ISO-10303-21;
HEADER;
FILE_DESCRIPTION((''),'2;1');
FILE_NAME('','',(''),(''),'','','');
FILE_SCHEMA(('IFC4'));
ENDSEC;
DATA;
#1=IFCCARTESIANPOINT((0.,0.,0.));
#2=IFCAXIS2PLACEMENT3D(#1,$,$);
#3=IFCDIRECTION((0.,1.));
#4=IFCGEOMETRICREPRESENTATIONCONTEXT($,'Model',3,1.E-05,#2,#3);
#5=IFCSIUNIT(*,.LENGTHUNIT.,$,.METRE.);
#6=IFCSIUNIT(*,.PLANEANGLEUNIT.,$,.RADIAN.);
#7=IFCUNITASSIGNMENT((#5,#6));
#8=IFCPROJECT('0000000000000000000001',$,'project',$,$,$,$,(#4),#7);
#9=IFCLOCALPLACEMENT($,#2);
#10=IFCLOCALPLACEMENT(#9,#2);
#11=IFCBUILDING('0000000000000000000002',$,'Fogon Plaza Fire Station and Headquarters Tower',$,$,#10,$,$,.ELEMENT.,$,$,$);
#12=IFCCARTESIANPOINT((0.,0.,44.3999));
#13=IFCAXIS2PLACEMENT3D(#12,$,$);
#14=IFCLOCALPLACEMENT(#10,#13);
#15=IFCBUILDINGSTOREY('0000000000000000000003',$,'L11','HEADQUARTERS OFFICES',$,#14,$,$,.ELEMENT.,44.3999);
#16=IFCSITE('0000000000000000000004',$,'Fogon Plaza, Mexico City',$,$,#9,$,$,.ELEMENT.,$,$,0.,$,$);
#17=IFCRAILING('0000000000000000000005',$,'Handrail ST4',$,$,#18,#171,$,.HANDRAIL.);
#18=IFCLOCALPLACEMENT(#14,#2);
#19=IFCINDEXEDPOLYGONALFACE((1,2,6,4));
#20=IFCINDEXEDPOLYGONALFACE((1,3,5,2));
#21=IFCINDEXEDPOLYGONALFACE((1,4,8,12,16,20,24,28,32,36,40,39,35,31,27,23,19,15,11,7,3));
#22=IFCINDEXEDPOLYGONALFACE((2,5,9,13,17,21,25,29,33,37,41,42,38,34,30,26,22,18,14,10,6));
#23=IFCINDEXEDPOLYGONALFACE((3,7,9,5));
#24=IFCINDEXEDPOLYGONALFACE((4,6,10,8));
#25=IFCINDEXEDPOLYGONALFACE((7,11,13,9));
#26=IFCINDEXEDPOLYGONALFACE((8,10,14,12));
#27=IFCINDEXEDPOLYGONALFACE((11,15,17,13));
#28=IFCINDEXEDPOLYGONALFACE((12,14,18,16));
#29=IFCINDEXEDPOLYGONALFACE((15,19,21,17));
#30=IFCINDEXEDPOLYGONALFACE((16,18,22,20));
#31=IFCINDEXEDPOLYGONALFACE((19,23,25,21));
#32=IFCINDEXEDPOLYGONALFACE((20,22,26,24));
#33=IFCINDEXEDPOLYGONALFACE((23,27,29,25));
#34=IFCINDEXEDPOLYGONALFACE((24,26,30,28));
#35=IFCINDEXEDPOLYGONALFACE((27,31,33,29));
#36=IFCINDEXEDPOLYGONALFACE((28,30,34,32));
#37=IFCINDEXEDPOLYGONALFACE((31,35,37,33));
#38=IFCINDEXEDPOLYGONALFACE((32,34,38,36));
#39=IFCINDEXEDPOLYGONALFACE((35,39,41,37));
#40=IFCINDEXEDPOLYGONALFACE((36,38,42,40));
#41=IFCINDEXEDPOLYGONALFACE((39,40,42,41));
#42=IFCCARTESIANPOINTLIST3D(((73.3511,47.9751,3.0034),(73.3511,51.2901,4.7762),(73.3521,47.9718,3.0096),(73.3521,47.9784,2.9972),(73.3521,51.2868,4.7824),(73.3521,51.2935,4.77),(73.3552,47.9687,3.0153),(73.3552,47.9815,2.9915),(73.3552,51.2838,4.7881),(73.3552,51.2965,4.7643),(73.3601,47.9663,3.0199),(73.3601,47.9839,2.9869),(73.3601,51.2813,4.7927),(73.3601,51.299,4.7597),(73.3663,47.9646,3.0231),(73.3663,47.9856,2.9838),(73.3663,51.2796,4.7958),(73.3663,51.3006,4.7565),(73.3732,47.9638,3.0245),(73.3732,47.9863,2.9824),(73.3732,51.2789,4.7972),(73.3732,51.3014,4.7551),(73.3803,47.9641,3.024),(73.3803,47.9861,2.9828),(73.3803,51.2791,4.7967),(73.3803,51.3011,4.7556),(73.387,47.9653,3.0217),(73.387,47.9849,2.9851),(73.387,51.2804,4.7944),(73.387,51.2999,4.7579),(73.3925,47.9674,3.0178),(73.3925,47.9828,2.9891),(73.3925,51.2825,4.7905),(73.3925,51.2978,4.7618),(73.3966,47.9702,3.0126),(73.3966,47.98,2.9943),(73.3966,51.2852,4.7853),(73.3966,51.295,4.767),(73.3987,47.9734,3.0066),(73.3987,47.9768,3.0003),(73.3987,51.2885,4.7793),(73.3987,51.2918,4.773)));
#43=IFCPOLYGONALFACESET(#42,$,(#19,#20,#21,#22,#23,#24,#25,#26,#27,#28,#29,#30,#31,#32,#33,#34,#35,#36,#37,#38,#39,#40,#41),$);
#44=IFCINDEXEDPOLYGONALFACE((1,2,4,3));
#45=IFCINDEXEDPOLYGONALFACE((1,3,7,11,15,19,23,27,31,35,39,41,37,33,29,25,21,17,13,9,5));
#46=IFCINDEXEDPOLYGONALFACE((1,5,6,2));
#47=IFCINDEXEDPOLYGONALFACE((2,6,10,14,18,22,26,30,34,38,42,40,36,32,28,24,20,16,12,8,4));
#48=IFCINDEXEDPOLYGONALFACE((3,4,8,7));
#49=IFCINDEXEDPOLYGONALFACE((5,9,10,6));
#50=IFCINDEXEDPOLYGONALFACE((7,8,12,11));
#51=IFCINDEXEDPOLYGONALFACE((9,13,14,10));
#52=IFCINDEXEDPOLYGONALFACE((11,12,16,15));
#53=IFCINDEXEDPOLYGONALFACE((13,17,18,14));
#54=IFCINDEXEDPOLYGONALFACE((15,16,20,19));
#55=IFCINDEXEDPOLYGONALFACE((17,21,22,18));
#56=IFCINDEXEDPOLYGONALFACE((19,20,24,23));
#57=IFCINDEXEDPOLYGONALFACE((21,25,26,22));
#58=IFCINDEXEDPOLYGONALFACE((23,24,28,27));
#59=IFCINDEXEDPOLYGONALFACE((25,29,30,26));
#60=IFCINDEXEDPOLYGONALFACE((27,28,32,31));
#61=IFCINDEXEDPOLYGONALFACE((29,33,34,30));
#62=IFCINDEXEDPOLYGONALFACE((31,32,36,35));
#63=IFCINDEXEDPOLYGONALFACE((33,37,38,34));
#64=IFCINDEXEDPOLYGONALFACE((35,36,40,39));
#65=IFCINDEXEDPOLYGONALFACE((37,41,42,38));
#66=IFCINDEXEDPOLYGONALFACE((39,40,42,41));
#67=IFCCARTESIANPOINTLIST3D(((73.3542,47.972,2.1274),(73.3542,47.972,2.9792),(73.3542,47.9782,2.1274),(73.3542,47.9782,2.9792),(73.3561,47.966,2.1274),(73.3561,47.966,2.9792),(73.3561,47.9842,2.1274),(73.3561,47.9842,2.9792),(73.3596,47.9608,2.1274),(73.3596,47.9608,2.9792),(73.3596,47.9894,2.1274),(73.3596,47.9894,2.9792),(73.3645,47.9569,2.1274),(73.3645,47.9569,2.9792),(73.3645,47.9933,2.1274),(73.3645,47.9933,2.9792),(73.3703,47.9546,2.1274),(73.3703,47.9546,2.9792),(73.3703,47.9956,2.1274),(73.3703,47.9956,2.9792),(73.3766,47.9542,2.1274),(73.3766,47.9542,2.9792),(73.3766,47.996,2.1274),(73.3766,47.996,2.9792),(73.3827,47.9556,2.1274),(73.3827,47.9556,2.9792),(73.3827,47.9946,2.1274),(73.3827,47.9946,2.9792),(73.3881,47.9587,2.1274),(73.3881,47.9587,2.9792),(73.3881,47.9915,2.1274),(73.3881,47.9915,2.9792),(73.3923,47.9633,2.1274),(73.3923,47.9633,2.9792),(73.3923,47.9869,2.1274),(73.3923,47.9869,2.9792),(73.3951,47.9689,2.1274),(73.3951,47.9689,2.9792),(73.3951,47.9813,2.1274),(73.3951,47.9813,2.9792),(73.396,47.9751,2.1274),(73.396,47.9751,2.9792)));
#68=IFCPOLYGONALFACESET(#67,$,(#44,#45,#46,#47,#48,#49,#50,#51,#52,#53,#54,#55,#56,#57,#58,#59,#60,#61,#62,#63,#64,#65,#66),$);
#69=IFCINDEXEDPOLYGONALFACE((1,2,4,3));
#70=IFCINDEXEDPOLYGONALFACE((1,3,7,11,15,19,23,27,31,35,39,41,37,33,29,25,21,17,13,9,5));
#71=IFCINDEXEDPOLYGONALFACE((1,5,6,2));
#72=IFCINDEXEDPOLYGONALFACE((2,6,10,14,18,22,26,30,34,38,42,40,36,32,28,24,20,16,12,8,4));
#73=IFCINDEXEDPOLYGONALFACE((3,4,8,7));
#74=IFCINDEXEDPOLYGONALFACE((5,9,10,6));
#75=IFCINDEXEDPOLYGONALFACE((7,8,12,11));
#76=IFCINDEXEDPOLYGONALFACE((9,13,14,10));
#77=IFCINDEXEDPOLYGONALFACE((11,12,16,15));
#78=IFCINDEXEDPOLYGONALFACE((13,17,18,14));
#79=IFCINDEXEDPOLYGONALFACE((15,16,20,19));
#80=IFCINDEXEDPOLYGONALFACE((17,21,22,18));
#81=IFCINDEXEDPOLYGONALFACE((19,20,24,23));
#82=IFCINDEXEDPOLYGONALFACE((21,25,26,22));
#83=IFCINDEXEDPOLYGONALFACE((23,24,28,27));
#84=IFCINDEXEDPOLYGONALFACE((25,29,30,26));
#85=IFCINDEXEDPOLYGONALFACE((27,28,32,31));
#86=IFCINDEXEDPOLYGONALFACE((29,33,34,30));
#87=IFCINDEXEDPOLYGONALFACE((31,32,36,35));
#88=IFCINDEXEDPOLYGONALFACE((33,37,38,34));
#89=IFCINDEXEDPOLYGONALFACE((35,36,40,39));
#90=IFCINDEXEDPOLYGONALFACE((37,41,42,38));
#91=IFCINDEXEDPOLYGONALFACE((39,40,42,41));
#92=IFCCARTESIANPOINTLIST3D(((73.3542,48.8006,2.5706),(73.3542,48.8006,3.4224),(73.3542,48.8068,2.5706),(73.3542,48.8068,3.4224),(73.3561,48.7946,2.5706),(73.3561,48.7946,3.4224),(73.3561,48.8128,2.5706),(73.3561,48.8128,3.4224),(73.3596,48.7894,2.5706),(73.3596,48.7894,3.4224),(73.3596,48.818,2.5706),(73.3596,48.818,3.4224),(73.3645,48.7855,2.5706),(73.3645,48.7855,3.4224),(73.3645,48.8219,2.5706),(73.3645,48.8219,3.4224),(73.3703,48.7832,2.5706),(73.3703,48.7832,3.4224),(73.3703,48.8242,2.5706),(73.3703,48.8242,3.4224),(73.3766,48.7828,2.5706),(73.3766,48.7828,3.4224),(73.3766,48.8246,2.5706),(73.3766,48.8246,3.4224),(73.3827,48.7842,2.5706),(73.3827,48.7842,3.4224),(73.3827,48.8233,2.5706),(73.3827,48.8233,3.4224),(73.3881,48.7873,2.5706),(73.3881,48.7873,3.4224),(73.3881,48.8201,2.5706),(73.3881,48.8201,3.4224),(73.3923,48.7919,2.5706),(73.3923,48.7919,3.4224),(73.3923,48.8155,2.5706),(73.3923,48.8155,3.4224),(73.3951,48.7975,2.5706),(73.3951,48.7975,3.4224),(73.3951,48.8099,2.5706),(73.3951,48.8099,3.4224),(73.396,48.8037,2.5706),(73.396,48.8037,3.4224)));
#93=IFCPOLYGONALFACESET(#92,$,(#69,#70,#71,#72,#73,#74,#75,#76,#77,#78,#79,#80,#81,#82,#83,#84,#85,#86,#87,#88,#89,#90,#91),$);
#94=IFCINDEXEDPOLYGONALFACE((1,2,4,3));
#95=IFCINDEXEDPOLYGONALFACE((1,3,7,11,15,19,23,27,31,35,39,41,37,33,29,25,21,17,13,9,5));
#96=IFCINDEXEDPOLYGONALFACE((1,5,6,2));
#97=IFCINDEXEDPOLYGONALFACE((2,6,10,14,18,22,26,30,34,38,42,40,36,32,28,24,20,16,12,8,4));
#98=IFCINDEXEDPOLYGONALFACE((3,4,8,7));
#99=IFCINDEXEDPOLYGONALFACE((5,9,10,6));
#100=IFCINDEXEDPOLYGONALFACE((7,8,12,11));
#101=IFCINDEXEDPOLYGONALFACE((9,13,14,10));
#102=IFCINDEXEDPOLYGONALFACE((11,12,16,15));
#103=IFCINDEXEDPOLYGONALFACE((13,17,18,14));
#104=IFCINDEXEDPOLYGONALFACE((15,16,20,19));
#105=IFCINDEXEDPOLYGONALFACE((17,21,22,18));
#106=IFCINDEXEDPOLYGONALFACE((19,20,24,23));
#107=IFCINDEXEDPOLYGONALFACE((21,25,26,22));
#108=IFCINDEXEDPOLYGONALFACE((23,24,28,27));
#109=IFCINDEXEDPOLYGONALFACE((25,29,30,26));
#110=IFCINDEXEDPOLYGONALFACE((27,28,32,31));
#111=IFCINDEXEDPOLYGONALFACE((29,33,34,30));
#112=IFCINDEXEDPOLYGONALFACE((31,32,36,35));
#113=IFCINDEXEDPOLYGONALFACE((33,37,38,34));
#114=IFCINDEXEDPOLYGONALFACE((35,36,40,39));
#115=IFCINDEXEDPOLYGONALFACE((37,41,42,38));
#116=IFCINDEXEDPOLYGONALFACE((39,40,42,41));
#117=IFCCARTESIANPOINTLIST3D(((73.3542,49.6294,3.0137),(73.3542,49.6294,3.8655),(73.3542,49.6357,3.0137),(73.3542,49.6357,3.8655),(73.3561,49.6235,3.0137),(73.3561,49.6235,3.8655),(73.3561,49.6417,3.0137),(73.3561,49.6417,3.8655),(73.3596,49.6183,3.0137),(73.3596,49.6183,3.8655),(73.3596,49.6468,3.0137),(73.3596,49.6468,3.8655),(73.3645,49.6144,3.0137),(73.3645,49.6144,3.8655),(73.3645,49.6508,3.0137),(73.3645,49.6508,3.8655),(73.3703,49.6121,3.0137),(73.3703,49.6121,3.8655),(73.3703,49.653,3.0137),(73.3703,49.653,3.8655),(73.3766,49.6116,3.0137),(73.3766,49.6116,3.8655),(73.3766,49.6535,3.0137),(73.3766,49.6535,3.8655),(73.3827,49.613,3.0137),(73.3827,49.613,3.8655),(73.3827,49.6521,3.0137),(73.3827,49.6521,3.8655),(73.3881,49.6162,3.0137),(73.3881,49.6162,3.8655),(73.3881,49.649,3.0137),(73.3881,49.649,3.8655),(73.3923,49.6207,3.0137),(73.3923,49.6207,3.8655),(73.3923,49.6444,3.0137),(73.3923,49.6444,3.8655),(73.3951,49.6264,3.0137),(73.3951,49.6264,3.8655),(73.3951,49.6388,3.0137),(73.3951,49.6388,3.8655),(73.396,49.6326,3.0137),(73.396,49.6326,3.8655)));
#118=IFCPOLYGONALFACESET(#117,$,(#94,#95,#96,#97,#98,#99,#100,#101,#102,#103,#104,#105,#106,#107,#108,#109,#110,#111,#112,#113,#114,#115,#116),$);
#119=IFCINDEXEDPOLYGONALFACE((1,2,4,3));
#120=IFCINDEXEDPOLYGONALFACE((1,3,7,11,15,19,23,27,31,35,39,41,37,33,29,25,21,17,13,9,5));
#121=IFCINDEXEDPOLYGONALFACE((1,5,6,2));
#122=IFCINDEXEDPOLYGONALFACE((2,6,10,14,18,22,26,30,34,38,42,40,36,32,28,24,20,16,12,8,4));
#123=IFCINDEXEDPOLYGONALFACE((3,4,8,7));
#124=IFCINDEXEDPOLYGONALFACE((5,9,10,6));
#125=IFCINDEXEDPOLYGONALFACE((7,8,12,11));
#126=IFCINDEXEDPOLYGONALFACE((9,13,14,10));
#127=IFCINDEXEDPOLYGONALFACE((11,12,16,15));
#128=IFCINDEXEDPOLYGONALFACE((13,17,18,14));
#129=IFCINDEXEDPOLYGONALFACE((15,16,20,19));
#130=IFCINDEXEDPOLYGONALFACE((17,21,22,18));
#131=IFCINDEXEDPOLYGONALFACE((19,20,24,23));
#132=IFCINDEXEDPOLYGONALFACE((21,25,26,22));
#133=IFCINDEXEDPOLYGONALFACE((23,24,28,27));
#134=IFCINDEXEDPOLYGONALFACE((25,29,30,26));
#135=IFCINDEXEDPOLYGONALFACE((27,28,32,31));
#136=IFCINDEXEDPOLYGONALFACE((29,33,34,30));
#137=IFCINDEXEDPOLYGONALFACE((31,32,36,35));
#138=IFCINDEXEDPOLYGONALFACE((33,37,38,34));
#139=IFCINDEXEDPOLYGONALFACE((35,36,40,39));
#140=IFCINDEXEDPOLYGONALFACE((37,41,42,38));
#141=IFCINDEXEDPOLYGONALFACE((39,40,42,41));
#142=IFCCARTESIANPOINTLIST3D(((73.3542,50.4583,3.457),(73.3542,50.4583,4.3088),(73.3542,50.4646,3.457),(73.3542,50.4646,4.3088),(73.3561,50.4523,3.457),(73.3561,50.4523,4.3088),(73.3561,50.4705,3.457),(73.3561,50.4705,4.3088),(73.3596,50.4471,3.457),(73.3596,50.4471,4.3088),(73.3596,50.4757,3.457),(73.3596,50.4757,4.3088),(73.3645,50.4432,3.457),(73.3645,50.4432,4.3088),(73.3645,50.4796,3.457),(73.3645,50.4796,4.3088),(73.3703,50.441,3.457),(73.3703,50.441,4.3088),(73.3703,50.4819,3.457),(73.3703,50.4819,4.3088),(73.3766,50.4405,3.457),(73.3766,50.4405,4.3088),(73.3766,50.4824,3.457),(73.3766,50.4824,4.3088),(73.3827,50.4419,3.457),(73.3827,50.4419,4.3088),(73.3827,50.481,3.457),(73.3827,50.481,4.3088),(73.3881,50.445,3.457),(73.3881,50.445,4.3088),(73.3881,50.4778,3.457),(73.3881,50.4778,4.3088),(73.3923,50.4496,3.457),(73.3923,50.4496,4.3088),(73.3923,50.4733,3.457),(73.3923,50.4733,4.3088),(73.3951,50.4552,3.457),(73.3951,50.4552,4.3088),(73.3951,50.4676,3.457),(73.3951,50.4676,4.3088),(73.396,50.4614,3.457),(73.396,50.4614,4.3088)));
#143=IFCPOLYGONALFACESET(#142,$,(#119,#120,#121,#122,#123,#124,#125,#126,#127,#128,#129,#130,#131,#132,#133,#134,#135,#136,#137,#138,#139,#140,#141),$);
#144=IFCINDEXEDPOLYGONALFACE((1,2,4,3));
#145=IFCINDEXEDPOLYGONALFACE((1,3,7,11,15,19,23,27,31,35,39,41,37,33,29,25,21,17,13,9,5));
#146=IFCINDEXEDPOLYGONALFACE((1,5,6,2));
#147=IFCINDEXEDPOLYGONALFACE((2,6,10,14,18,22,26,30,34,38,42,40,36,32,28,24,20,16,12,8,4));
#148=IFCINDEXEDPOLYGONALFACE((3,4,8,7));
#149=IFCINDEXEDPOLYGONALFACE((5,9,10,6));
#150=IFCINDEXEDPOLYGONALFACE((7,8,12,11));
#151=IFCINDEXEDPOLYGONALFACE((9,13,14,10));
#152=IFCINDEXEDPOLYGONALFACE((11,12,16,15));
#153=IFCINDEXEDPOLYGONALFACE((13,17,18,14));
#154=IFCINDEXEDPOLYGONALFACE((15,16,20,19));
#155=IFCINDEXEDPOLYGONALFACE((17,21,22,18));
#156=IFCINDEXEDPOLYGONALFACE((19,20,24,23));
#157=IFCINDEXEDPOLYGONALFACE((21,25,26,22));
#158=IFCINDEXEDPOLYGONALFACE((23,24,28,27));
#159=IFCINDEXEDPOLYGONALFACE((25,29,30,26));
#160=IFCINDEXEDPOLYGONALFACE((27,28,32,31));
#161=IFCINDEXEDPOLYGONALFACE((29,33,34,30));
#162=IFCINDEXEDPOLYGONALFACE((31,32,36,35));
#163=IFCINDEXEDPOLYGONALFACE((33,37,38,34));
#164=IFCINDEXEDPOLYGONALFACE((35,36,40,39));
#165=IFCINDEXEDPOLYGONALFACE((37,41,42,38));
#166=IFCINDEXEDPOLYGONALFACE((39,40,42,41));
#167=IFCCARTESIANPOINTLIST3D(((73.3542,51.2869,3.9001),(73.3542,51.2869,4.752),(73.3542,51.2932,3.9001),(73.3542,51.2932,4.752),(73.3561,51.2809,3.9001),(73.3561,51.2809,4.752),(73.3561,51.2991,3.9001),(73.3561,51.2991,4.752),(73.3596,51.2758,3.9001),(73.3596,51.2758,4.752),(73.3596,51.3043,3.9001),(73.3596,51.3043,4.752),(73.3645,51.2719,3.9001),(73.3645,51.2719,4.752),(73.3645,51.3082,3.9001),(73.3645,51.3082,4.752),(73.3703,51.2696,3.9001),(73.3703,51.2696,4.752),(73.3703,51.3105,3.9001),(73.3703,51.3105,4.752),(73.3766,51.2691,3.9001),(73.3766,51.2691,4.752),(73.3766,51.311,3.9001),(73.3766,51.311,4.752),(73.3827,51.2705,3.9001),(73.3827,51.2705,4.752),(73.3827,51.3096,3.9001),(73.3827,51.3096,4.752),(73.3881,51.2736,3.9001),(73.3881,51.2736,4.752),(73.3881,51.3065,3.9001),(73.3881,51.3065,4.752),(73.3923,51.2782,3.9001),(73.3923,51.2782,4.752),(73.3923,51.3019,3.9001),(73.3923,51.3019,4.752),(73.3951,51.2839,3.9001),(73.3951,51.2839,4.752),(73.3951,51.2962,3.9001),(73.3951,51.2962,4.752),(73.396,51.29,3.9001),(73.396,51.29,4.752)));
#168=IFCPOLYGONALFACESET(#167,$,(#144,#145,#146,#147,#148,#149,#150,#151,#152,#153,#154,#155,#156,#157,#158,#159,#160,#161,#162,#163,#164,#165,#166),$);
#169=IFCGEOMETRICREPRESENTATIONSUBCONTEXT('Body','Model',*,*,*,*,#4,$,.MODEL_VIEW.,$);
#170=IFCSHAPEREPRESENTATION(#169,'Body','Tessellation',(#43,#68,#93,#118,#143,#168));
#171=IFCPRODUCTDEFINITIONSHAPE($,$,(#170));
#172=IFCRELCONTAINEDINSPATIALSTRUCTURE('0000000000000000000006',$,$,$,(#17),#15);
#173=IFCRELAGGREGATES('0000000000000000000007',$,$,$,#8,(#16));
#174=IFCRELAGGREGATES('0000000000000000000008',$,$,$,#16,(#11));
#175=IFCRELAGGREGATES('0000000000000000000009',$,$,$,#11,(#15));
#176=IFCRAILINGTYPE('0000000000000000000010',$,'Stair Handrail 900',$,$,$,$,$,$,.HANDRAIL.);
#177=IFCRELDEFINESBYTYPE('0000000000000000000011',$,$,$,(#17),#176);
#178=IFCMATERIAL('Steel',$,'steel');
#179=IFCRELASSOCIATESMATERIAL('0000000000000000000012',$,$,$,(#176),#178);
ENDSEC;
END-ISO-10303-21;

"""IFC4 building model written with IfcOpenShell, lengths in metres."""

from ifc_helpers import new_model, si_unit, direction, frame, origin, origin_2d, place, context, subcontext, project, spatial, circle, extrude, material, type_object, element, save


model = new_model("IFC4")

# Units and contexts
model_context = context("Model", 3, precision=1e-05, world=origin(), true_north=direction((0.0, 1.0)))
body_context = subcontext(model_context, "Body", "Model", "MODEL_VIEW")
ifc_project = project(units=[si_unit("LENGTHUNIT", "METRE"), si_unit("PLANEANGLEUNIT", "RADIAN")], contexts=[model_context])

# Site, building, storey
site_placement = place(None, origin())
site = spatial("IfcSite", under=ifc_project, at=site_placement, Name="Fogon Plaza, Mexico City", CompositionType="ELEMENT", RefElevation=0.0)
building_placement = place(site_placement, origin())
building = spatial("IfcBuilding", under=site, at=building_placement, Name="Fogon Plaza Fire Station and Headquarters Tower", CompositionType="ELEMENT")
storey_placement = place(building_placement, frame((0.0, 0.0, 44.3999)))
storey = spatial("IfcBuildingStorey", under=building, at=storey_placement, Name="L11", Description="HEADQUARTERS OFFICES", CompositionType="ELEMENT", Elevation=44.3999)

# Railing
ifc_material_1 = material(Name="Steel", Category="steel")
railing_type = type_object("IfcRailingType", Name="Stair Handrail 900", PredefinedType="HANDRAIL", material=ifc_material_1)
for number, where, name in (
    (1, (73.375, 47.9751, 2.1274), "Handrail ST4"),
):
    element("IfcRailing", number, at=place(storey_placement, frame(where)), inside=storey, type_object=railing_type, Name=name, PredefinedType="HANDRAIL", context=body_context, shape_type="SweptSolid", body=[
        extrude(circle(Radius=0.0239, at=origin_2d()), frame((0.0, 0.0, 0.876), z_axis=(0.0, 0.881829, 0.471569), x_axis=(-1.0, 0.0, 0.0)), (0.0, 0.0, 1.0), 3.7593),
        extrude(circle(Radius=0.021, at=origin_2d()), origin(), (0.0, 0.0, 1.0), 0.8518),
        extrude(circle(Radius=0.021, at=origin_2d()), frame((0.0, 0.8286, 0.4431)), (0.0, 0.0, 1.0), 0.8518),
        extrude(circle(Radius=0.021, at=origin_2d()), frame((0.0, 1.6575, 0.8862)), (0.0, 0.0, 1.0), 0.8518),
        extrude(circle(Radius=0.021, at=origin_2d()), frame((0.0, 2.4863, 1.3296)), (0.0, 0.0, 1.0), 0.8518),
        extrude(circle(Radius=0.021, at=origin_2d()), frame((0.0, 3.3149, 1.7727)), (0.0, 0.0, 1.0), 0.8518),
    ])

save(model, "model.ifc")
